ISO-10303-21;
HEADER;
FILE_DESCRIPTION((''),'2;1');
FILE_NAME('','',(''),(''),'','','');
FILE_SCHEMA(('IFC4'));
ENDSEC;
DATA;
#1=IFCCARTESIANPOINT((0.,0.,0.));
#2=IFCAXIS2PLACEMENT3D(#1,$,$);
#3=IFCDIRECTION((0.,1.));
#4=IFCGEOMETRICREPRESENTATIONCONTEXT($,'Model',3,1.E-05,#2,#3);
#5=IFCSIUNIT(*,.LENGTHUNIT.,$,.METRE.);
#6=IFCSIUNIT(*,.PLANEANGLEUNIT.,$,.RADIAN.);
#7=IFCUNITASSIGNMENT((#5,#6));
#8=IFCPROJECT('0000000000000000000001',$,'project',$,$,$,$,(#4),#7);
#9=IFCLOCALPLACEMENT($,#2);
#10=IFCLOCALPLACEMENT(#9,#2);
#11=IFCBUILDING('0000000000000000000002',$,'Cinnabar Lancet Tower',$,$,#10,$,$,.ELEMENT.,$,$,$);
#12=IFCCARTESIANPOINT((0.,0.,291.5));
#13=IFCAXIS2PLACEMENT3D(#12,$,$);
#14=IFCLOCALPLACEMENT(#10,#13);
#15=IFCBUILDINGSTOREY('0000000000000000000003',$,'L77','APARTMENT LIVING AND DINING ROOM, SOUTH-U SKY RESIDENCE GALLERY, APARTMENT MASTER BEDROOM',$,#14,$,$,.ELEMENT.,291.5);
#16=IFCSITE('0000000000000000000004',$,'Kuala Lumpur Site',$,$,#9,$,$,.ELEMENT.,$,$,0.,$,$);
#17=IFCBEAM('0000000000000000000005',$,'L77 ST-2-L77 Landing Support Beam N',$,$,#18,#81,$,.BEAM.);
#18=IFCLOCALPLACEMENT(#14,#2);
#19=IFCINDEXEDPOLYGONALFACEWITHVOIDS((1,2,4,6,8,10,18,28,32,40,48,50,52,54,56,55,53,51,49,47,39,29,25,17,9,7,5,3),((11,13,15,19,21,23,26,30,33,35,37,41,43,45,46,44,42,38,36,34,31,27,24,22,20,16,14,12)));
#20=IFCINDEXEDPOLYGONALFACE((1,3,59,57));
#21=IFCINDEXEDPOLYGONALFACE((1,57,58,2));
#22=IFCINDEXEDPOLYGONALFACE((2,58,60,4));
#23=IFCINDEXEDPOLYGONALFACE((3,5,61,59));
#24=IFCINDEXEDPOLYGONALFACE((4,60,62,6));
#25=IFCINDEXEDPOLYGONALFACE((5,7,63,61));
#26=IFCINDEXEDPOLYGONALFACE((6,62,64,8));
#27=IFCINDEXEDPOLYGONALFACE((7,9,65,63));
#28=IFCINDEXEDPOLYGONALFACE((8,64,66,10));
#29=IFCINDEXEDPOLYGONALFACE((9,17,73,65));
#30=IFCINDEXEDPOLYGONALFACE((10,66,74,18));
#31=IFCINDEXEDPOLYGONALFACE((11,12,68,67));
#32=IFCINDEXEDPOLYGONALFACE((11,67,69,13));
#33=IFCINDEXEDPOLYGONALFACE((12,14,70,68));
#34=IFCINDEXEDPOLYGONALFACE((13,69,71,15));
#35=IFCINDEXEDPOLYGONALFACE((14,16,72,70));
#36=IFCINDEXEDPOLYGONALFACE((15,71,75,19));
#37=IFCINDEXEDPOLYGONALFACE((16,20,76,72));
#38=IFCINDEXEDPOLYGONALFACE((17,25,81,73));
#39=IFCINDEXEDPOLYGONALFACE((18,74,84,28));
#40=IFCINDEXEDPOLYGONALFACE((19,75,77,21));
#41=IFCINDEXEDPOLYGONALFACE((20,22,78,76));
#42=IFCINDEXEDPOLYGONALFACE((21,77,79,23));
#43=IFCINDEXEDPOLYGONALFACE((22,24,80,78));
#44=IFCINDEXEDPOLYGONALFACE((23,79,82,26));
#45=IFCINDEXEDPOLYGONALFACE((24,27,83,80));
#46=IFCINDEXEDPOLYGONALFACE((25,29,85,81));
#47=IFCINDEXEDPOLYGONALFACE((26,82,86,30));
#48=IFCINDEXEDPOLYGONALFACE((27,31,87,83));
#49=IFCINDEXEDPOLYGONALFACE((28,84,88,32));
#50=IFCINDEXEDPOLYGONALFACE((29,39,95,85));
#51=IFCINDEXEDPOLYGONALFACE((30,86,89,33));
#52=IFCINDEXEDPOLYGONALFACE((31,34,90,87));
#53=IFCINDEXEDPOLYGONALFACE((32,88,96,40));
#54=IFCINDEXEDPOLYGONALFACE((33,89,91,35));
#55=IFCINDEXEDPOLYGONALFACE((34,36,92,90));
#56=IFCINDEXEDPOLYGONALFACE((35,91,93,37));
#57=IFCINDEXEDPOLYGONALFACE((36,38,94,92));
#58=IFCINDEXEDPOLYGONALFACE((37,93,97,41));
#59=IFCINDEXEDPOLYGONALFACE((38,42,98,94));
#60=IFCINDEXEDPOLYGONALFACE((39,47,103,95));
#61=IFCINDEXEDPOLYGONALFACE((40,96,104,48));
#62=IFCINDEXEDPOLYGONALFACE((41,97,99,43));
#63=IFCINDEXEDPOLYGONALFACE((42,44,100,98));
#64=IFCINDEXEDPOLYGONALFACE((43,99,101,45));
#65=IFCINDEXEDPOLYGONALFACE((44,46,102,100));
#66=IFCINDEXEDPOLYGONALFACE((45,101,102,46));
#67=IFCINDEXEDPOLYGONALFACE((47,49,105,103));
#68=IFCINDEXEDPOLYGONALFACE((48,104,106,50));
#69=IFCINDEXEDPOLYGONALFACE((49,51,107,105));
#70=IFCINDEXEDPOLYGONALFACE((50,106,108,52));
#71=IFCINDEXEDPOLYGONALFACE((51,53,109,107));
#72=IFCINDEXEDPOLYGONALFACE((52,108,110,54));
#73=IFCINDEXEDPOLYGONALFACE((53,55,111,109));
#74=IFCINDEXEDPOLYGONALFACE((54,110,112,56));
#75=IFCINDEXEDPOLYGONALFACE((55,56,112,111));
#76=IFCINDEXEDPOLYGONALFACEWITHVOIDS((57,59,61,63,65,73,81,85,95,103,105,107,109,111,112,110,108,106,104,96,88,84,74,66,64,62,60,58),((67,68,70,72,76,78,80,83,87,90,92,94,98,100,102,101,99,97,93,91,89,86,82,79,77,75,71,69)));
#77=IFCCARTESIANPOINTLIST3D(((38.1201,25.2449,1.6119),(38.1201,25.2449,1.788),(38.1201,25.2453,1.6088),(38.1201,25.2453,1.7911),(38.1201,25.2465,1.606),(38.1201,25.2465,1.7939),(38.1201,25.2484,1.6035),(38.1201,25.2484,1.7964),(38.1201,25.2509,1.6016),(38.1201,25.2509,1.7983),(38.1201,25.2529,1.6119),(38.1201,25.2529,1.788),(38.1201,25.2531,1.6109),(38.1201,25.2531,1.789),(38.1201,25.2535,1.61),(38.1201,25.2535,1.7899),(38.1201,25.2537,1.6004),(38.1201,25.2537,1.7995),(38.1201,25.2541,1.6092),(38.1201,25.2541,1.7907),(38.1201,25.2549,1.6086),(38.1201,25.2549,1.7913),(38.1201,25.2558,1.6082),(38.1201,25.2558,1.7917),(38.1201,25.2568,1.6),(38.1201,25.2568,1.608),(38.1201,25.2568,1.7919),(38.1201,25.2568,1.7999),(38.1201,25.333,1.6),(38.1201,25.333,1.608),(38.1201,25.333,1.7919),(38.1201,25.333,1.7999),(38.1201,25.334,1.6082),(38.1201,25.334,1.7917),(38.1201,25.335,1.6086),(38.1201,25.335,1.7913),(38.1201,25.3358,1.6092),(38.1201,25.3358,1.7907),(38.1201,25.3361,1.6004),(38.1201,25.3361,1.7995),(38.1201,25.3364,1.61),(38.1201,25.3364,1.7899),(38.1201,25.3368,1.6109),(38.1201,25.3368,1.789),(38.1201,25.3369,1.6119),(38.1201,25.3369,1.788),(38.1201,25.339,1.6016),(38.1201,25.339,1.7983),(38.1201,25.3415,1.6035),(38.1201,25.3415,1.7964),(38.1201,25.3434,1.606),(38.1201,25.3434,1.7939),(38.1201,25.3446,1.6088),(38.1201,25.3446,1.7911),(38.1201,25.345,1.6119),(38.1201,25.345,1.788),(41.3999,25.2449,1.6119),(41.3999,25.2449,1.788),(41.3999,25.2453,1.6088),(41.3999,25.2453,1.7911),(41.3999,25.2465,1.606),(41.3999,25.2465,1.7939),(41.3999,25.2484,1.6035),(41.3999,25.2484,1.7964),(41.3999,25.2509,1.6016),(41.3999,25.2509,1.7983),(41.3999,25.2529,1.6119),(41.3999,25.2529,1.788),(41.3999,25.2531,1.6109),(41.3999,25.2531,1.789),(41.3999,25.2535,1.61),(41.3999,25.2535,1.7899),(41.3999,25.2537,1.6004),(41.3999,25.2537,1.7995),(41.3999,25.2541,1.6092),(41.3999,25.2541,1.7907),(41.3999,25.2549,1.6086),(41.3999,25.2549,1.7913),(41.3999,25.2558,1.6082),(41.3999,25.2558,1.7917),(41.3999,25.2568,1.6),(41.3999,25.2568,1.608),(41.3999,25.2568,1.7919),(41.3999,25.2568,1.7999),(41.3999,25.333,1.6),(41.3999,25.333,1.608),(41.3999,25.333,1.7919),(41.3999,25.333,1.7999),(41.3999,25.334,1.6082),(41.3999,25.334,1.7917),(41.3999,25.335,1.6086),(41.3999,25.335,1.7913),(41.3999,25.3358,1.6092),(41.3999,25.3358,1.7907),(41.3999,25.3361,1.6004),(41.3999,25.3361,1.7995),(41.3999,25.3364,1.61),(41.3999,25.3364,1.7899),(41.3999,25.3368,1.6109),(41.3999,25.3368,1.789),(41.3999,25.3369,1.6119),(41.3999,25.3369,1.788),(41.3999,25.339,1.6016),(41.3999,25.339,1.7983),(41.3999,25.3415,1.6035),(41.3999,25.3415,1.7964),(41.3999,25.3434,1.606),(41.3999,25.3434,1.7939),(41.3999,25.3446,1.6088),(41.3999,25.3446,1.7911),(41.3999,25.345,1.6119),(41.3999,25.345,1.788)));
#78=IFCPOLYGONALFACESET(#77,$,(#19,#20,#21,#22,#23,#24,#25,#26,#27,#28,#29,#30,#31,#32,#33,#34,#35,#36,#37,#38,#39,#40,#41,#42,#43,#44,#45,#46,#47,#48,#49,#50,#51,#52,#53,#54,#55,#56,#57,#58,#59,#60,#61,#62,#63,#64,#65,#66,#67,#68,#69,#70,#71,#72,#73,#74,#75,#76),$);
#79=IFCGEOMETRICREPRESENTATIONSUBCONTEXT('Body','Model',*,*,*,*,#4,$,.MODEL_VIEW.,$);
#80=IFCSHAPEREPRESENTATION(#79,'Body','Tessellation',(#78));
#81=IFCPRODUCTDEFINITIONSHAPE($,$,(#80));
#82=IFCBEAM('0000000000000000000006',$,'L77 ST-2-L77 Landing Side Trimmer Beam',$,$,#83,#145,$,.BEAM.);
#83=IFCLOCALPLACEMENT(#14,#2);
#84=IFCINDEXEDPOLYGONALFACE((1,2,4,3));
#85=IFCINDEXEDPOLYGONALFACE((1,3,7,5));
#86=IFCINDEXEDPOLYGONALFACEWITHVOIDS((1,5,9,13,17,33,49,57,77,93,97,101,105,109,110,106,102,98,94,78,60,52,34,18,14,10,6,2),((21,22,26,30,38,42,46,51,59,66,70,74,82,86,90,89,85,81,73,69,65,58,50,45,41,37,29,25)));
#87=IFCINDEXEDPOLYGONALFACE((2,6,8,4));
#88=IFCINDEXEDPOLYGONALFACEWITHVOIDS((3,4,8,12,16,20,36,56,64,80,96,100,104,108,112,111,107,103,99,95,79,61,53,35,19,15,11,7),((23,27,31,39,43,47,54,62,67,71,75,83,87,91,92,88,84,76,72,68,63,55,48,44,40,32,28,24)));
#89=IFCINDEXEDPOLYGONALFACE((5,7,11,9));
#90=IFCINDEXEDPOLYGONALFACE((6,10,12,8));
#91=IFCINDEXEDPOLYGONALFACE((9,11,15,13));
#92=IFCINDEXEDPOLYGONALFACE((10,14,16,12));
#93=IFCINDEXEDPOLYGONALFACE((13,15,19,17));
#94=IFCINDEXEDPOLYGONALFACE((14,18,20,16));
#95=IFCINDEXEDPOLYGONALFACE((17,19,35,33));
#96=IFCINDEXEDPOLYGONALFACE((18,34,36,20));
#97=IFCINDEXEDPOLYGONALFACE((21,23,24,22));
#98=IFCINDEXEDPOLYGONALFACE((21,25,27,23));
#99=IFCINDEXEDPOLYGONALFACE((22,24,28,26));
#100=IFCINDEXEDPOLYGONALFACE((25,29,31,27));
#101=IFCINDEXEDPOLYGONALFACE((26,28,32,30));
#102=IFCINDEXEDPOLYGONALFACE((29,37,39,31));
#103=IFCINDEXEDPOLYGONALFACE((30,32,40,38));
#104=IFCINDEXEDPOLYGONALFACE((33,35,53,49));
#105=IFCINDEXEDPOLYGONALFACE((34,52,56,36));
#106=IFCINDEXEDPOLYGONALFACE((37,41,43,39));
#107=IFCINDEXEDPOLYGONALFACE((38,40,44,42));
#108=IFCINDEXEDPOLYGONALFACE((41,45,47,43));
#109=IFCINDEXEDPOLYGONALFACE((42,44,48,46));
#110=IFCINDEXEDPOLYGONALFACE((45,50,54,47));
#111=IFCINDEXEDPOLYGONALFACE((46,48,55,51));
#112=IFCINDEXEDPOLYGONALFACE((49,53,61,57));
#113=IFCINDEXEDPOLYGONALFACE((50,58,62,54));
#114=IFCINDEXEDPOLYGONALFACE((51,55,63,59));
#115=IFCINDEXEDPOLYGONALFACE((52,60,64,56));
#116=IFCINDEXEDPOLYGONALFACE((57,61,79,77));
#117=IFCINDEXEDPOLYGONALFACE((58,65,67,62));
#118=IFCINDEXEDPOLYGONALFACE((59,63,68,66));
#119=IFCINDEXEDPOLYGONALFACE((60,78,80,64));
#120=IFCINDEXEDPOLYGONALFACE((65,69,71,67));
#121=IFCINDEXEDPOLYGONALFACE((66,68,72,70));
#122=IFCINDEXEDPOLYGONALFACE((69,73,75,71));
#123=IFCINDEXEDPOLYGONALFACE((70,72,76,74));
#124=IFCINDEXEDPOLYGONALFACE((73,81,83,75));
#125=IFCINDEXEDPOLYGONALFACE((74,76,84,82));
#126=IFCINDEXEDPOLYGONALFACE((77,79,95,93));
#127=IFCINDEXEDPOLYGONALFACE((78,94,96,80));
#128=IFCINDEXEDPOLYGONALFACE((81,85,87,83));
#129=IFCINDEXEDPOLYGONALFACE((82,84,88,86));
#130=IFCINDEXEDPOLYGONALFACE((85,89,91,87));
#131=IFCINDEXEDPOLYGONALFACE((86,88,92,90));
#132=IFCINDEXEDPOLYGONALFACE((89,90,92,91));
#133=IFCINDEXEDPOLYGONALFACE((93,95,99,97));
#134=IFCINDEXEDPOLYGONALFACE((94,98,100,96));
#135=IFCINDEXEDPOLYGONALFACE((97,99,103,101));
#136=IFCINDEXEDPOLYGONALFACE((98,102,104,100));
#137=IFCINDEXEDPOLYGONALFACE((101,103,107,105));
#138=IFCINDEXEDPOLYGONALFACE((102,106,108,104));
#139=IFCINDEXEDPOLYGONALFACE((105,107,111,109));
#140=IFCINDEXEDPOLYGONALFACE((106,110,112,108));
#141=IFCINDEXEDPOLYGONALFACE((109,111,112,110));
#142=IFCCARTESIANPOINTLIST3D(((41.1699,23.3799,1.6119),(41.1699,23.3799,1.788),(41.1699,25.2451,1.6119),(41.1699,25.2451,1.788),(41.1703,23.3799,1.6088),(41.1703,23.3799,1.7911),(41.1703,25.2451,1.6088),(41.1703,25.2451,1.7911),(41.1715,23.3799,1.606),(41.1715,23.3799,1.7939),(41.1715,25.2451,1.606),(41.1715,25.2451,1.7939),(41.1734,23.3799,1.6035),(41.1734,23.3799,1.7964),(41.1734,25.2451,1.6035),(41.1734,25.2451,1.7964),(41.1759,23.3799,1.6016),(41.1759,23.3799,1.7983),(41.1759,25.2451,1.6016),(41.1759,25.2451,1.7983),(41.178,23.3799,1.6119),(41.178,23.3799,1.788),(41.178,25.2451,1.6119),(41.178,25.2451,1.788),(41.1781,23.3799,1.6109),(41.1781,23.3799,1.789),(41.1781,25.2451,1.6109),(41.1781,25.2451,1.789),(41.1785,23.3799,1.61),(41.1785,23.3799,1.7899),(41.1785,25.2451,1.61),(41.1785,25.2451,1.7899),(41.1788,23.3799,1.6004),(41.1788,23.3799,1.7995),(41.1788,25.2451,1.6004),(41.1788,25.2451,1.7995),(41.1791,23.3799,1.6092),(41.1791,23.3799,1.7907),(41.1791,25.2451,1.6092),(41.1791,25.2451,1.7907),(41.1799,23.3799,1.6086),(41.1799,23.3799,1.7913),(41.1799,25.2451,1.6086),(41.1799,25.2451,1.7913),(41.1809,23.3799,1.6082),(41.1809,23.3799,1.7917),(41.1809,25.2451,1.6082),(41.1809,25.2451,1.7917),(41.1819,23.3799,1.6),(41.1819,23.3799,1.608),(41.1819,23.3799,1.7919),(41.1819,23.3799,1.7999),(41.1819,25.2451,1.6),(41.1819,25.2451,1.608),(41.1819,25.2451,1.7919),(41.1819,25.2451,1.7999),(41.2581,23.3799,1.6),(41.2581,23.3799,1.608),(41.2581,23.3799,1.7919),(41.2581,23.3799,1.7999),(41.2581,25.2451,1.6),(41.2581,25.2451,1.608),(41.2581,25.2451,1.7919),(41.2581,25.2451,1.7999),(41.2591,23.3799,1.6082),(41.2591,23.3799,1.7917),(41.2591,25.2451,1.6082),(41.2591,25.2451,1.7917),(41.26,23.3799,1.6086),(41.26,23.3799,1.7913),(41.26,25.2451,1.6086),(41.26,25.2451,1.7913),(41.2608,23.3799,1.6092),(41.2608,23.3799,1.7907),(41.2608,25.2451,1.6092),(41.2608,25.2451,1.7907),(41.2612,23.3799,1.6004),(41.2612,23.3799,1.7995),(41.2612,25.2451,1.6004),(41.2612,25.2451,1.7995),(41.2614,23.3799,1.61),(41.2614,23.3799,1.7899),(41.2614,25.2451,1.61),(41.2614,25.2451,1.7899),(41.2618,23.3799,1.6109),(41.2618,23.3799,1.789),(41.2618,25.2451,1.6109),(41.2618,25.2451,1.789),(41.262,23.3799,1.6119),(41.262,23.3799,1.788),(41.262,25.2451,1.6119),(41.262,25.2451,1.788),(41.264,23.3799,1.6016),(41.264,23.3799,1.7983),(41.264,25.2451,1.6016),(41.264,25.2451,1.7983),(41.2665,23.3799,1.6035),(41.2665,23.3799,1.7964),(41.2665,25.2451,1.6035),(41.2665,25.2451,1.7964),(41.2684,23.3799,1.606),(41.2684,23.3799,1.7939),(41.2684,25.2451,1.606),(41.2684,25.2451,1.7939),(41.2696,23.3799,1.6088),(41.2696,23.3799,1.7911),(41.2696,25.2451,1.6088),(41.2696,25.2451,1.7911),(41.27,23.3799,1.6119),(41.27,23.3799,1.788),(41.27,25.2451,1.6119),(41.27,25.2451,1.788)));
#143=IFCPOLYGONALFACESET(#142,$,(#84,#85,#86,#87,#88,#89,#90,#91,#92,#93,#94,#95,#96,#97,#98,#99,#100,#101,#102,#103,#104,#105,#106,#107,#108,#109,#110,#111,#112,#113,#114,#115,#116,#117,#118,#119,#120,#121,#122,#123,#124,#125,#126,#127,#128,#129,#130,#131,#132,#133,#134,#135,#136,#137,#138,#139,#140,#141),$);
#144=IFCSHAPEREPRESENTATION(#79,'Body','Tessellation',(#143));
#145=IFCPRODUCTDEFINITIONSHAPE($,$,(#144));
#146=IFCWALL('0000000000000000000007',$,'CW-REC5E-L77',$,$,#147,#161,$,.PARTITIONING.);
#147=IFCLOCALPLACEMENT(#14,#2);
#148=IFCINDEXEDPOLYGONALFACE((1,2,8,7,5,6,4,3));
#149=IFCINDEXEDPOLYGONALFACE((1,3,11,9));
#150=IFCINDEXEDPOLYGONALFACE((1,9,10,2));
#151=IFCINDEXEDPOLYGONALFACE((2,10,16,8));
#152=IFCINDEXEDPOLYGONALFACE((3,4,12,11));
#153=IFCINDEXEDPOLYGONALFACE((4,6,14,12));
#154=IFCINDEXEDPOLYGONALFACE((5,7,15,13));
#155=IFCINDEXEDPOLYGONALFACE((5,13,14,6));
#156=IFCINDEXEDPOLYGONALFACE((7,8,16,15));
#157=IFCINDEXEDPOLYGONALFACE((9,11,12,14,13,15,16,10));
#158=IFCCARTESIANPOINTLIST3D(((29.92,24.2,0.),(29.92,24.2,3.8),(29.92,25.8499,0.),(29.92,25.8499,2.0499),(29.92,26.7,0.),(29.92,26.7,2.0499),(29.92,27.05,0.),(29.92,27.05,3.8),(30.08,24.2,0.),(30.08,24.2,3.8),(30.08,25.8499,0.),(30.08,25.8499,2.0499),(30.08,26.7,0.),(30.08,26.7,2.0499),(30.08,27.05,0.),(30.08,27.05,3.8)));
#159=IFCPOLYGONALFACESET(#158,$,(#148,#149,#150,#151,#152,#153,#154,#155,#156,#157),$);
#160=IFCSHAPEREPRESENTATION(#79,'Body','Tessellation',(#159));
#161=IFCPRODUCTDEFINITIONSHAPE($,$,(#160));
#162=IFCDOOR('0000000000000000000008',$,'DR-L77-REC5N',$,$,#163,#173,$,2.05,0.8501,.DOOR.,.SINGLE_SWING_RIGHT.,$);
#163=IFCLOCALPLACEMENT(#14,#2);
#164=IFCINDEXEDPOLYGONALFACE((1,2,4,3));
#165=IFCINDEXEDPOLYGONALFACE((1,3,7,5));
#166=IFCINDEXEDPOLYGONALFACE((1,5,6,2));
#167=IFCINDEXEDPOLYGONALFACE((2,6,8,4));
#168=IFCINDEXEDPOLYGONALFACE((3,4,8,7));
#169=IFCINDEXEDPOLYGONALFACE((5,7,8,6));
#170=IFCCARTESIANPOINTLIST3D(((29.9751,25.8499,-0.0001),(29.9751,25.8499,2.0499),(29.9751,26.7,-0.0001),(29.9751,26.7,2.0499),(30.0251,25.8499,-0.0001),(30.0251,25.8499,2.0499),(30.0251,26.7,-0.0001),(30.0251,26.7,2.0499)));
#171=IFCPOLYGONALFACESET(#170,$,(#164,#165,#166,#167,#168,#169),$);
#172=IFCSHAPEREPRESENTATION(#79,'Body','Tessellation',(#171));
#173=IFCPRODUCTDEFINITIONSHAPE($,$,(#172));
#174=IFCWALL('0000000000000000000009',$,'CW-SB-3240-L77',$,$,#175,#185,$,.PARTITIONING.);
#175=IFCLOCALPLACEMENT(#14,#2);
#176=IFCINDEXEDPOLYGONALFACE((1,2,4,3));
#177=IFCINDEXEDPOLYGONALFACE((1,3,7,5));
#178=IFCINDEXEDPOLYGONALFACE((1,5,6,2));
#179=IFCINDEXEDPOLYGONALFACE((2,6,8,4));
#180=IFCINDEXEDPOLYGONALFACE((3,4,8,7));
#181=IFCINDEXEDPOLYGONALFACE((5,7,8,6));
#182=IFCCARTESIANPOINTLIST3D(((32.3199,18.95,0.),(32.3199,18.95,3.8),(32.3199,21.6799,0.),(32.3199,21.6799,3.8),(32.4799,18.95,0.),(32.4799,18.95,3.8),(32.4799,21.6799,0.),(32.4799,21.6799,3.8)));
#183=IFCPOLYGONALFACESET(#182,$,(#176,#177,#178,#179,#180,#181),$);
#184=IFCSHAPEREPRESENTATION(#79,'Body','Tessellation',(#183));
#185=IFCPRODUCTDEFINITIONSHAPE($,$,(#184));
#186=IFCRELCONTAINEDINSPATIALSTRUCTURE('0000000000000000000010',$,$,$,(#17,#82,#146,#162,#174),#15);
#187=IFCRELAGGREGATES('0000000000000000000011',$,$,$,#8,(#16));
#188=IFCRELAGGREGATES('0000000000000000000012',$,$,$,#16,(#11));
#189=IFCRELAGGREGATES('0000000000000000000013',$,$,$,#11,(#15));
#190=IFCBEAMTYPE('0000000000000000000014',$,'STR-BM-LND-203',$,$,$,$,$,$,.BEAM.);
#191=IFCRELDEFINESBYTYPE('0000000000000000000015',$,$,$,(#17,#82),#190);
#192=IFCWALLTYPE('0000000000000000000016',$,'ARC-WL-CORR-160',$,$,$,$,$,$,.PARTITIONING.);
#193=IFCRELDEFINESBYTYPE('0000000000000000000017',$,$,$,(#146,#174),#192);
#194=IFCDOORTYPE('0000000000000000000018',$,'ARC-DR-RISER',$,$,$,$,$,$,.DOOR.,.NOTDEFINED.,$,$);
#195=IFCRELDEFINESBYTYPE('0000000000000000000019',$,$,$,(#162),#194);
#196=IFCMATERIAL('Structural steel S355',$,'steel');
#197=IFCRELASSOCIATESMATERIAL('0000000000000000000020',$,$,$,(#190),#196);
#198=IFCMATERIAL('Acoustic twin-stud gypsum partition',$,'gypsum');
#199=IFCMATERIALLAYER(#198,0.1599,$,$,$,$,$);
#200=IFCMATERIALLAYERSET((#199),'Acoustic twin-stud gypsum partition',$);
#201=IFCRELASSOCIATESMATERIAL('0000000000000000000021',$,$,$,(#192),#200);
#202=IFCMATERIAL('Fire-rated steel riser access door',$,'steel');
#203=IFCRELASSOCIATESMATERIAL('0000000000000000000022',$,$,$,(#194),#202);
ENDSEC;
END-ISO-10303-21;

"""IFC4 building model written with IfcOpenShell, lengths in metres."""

from ifc_helpers import new_model, si_unit, direction, frame, frame_2d, origin, origin_2d, place, context, subcontext, project, spatial, rectangle, hollow_rectangle, extrude, material, layer, layer_set, material_profile, profile_set, type_object, element, fill, save


model = new_model("IFC4")

# Units and contexts
model_context = context("Model", 3, precision=1e-05, world=origin(), true_north=direction((0.0, 1.0)))
body_context = subcontext(model_context, "Body", "Model", "MODEL_VIEW")
ifc_project = project(units=[si_unit("LENGTHUNIT", "METRE"), si_unit("PLANEANGLEUNIT", "RADIAN")], contexts=[model_context])

# Site, building, storey
site_placement = place(None, origin())
site = spatial("IfcSite", under=ifc_project, at=site_placement, Name="Kuala Lumpur Site", CompositionType="ELEMENT", RefElevation=0.0)
building_placement = place(site_placement, origin())
building = spatial("IfcBuilding", under=site, at=building_placement, Name="Cinnabar Lancet Tower", CompositionType="ELEMENT")
storey_placement = place(building_placement, frame((0.0, 0.0, 291.5)))
storey = spatial("IfcBuildingStorey", under=building, at=storey_placement, Name="L77", Description="APARTMENT LIVING AND DINING ROOM, SOUTH-U SKY RESIDENCE GALLERY, APARTMENT MASTER BEDROOM", CompositionType="ELEMENT", Elevation=291.5)

# Beams
ifc_material_1 = material(Name="Structural steel S355", Category="steel")
ifc_material_profile_1 = material_profile(ifc_material_1, hollow_rectangle(XDim=0.1001, YDim=0.2, WallThickness=0.0081, InnerFilletRadius=0.0039, OuterFilletRadius=0.012, at=origin_2d()), Name="RHS 200x100x8")
ifc_profile_set_1 = profile_set([ifc_material_profile_1], Name="Structural steel S355")
beam_type_1 = type_object("IfcBeamType", Name="STR-BM-LND-203", PredefinedType="BEAM", material=ifc_profile_set_1)
for number, where, z_axis, x_axis, name in (
    (1, (38.1201, 25.2949, 1.7), (1.0, 0.0, 0.0), (0.0, 1.0, 0.0), "L77 ST-2-L77 Landing Support Beam N"),
):
    element("IfcBeam", number, at=place(storey_placement, frame(where, z_axis=z_axis, x_axis=x_axis)), inside=storey, type_object=beam_type_1, Name=name, PredefinedType="BEAM", context=body_context, shape_type="SweptSolid", body=[
        extrude(hollow_rectangle(XDim=0.1001, YDim=0.2, WallThickness=0.0081, InnerFilletRadius=0.0039, OuterFilletRadius=0.012, at=origin_2d()), origin(), (0.0, 0.0, 1.0), 3.2798),
    ])
beam_1_placement = place(storey_placement, frame((41.22, 23.3799, 1.7), z_axis=(0.0, 1.0, 0.0), x_axis=(-1.0, 0.0, 0.0)))
element("IfcBeam", 2, at=beam_1_placement, inside=storey, type_object=beam_type_1, Name="L77 ST-2-L77 Landing Side Trimmer Beam", PredefinedType="BEAM", context=body_context, shape_type="SweptSolid", body=[
    extrude(hollow_rectangle(XDim=0.1001, YDim=0.2, WallThickness=0.0081, InnerFilletRadius=0.0039, OuterFilletRadius=0.012, at=origin_2d()), origin(), (0.0, 0.0, 1.0), 1.8652),
])

# Wall, opening, door
ifc_material_2 = material(Name="Acoustic twin-stud gypsum partition", Category="gypsum")
ifc_layer_1 = layer(ifc_material_2, 0.1599)
ifc_layer_set_1 = layer_set([ifc_layer_1], Name="Acoustic twin-stud gypsum partition")
wall_type_1 = type_object("IfcWallType", Name="ARC-WL-CORR-160", PredefinedType="PARTITIONING", material=ifc_layer_set_1)
wall_1_placement = place(storey_placement, frame((30.0, 24.2, 0.0), z_axis=(0.0, 0.0, 1.0), x_axis=(0.0, 1.0, 0.0)))
wall_1 = element("IfcWall", 3, at=wall_1_placement, inside=storey, type_object=wall_type_1, Name="CW-REC5E-L77", PredefinedType="PARTITIONING", context=body_context, shape_type="SweptSolid", body=[
    extrude(rectangle(XDim=2.8501, YDim=0.1599, at=frame_2d((1.425, 0.0))), origin(), (0.0, 0.0, 1.0), 3.8),
])
opening_1_placement = place(wall_1_placement, frame((1.6499, 0.0, 0.0)))
opening_1 = element("IfcOpeningElement", 4, at=opening_1_placement, cuts=wall_1, PredefinedType="OPENING", context=body_context, shape_type="SweptSolid", body=[
    extrude(rectangle(XDim=0.8501, YDim=2.05, at=frame_2d((0.425, 1.0249))), frame((0.0, 0.0898, 0.0), z_axis=(0.0, -1.0, 0.0), x_axis=(1.0, 0.0, 0.0)), (0.0, 0.0, 1.0), 0.1799),
])
ifc_material_3 = material(Name="Fire-rated steel riser access door", Category="steel")
door_type_1 = type_object("IfcDoorType", Name="ARC-DR-RISER", OperationType="NOTDEFINED", PredefinedType="DOOR", material=ifc_material_3)
door_1_placement = place(opening_1_placement, origin())
door_1 = element("IfcDoor", 5, at=door_1_placement, inside=storey, type_object=door_type_1, Name="DR-L77-REC5N", OperationType="SINGLE_SWING_RIGHT", OverallHeight=2.05, OverallWidth=0.8501, PredefinedType="DOOR", context=body_context, shape_type="SweptSolid", body=[
    extrude(rectangle(XDim=0.8501, YDim=2.05, at=frame_2d((0.425, 1.0249))), frame((0.0, 0.0249, 0.0), z_axis=(0.0, -1.0, 0.0), x_axis=(1.0, 0.0, 0.0)), (0.0, 0.0, 1.0), 0.05),
])
fill(opening_1, door_1)

# Wall
for number, where, z_axis, x_axis, name in (
    (6, (32.3999, 18.95, 0.0), (0.0, 0.0, 1.0), (0.0, 1.0, 0.0), "CW-SB-3240-L77"),
):
    element("IfcWall", number, at=place(storey_placement, frame(where, z_axis=z_axis, x_axis=x_axis)), inside=storey, type_object=wall_type_1, Name=name, PredefinedType="PARTITIONING", context=body_context, shape_type="SweptSolid", body=[
        extrude(rectangle(XDim=2.73, YDim=0.1599, at=frame_2d((1.365, 0.0))), origin(), (0.0, 0.0, 1.0), 3.8),
    ])

save(model, "model.ifc")
